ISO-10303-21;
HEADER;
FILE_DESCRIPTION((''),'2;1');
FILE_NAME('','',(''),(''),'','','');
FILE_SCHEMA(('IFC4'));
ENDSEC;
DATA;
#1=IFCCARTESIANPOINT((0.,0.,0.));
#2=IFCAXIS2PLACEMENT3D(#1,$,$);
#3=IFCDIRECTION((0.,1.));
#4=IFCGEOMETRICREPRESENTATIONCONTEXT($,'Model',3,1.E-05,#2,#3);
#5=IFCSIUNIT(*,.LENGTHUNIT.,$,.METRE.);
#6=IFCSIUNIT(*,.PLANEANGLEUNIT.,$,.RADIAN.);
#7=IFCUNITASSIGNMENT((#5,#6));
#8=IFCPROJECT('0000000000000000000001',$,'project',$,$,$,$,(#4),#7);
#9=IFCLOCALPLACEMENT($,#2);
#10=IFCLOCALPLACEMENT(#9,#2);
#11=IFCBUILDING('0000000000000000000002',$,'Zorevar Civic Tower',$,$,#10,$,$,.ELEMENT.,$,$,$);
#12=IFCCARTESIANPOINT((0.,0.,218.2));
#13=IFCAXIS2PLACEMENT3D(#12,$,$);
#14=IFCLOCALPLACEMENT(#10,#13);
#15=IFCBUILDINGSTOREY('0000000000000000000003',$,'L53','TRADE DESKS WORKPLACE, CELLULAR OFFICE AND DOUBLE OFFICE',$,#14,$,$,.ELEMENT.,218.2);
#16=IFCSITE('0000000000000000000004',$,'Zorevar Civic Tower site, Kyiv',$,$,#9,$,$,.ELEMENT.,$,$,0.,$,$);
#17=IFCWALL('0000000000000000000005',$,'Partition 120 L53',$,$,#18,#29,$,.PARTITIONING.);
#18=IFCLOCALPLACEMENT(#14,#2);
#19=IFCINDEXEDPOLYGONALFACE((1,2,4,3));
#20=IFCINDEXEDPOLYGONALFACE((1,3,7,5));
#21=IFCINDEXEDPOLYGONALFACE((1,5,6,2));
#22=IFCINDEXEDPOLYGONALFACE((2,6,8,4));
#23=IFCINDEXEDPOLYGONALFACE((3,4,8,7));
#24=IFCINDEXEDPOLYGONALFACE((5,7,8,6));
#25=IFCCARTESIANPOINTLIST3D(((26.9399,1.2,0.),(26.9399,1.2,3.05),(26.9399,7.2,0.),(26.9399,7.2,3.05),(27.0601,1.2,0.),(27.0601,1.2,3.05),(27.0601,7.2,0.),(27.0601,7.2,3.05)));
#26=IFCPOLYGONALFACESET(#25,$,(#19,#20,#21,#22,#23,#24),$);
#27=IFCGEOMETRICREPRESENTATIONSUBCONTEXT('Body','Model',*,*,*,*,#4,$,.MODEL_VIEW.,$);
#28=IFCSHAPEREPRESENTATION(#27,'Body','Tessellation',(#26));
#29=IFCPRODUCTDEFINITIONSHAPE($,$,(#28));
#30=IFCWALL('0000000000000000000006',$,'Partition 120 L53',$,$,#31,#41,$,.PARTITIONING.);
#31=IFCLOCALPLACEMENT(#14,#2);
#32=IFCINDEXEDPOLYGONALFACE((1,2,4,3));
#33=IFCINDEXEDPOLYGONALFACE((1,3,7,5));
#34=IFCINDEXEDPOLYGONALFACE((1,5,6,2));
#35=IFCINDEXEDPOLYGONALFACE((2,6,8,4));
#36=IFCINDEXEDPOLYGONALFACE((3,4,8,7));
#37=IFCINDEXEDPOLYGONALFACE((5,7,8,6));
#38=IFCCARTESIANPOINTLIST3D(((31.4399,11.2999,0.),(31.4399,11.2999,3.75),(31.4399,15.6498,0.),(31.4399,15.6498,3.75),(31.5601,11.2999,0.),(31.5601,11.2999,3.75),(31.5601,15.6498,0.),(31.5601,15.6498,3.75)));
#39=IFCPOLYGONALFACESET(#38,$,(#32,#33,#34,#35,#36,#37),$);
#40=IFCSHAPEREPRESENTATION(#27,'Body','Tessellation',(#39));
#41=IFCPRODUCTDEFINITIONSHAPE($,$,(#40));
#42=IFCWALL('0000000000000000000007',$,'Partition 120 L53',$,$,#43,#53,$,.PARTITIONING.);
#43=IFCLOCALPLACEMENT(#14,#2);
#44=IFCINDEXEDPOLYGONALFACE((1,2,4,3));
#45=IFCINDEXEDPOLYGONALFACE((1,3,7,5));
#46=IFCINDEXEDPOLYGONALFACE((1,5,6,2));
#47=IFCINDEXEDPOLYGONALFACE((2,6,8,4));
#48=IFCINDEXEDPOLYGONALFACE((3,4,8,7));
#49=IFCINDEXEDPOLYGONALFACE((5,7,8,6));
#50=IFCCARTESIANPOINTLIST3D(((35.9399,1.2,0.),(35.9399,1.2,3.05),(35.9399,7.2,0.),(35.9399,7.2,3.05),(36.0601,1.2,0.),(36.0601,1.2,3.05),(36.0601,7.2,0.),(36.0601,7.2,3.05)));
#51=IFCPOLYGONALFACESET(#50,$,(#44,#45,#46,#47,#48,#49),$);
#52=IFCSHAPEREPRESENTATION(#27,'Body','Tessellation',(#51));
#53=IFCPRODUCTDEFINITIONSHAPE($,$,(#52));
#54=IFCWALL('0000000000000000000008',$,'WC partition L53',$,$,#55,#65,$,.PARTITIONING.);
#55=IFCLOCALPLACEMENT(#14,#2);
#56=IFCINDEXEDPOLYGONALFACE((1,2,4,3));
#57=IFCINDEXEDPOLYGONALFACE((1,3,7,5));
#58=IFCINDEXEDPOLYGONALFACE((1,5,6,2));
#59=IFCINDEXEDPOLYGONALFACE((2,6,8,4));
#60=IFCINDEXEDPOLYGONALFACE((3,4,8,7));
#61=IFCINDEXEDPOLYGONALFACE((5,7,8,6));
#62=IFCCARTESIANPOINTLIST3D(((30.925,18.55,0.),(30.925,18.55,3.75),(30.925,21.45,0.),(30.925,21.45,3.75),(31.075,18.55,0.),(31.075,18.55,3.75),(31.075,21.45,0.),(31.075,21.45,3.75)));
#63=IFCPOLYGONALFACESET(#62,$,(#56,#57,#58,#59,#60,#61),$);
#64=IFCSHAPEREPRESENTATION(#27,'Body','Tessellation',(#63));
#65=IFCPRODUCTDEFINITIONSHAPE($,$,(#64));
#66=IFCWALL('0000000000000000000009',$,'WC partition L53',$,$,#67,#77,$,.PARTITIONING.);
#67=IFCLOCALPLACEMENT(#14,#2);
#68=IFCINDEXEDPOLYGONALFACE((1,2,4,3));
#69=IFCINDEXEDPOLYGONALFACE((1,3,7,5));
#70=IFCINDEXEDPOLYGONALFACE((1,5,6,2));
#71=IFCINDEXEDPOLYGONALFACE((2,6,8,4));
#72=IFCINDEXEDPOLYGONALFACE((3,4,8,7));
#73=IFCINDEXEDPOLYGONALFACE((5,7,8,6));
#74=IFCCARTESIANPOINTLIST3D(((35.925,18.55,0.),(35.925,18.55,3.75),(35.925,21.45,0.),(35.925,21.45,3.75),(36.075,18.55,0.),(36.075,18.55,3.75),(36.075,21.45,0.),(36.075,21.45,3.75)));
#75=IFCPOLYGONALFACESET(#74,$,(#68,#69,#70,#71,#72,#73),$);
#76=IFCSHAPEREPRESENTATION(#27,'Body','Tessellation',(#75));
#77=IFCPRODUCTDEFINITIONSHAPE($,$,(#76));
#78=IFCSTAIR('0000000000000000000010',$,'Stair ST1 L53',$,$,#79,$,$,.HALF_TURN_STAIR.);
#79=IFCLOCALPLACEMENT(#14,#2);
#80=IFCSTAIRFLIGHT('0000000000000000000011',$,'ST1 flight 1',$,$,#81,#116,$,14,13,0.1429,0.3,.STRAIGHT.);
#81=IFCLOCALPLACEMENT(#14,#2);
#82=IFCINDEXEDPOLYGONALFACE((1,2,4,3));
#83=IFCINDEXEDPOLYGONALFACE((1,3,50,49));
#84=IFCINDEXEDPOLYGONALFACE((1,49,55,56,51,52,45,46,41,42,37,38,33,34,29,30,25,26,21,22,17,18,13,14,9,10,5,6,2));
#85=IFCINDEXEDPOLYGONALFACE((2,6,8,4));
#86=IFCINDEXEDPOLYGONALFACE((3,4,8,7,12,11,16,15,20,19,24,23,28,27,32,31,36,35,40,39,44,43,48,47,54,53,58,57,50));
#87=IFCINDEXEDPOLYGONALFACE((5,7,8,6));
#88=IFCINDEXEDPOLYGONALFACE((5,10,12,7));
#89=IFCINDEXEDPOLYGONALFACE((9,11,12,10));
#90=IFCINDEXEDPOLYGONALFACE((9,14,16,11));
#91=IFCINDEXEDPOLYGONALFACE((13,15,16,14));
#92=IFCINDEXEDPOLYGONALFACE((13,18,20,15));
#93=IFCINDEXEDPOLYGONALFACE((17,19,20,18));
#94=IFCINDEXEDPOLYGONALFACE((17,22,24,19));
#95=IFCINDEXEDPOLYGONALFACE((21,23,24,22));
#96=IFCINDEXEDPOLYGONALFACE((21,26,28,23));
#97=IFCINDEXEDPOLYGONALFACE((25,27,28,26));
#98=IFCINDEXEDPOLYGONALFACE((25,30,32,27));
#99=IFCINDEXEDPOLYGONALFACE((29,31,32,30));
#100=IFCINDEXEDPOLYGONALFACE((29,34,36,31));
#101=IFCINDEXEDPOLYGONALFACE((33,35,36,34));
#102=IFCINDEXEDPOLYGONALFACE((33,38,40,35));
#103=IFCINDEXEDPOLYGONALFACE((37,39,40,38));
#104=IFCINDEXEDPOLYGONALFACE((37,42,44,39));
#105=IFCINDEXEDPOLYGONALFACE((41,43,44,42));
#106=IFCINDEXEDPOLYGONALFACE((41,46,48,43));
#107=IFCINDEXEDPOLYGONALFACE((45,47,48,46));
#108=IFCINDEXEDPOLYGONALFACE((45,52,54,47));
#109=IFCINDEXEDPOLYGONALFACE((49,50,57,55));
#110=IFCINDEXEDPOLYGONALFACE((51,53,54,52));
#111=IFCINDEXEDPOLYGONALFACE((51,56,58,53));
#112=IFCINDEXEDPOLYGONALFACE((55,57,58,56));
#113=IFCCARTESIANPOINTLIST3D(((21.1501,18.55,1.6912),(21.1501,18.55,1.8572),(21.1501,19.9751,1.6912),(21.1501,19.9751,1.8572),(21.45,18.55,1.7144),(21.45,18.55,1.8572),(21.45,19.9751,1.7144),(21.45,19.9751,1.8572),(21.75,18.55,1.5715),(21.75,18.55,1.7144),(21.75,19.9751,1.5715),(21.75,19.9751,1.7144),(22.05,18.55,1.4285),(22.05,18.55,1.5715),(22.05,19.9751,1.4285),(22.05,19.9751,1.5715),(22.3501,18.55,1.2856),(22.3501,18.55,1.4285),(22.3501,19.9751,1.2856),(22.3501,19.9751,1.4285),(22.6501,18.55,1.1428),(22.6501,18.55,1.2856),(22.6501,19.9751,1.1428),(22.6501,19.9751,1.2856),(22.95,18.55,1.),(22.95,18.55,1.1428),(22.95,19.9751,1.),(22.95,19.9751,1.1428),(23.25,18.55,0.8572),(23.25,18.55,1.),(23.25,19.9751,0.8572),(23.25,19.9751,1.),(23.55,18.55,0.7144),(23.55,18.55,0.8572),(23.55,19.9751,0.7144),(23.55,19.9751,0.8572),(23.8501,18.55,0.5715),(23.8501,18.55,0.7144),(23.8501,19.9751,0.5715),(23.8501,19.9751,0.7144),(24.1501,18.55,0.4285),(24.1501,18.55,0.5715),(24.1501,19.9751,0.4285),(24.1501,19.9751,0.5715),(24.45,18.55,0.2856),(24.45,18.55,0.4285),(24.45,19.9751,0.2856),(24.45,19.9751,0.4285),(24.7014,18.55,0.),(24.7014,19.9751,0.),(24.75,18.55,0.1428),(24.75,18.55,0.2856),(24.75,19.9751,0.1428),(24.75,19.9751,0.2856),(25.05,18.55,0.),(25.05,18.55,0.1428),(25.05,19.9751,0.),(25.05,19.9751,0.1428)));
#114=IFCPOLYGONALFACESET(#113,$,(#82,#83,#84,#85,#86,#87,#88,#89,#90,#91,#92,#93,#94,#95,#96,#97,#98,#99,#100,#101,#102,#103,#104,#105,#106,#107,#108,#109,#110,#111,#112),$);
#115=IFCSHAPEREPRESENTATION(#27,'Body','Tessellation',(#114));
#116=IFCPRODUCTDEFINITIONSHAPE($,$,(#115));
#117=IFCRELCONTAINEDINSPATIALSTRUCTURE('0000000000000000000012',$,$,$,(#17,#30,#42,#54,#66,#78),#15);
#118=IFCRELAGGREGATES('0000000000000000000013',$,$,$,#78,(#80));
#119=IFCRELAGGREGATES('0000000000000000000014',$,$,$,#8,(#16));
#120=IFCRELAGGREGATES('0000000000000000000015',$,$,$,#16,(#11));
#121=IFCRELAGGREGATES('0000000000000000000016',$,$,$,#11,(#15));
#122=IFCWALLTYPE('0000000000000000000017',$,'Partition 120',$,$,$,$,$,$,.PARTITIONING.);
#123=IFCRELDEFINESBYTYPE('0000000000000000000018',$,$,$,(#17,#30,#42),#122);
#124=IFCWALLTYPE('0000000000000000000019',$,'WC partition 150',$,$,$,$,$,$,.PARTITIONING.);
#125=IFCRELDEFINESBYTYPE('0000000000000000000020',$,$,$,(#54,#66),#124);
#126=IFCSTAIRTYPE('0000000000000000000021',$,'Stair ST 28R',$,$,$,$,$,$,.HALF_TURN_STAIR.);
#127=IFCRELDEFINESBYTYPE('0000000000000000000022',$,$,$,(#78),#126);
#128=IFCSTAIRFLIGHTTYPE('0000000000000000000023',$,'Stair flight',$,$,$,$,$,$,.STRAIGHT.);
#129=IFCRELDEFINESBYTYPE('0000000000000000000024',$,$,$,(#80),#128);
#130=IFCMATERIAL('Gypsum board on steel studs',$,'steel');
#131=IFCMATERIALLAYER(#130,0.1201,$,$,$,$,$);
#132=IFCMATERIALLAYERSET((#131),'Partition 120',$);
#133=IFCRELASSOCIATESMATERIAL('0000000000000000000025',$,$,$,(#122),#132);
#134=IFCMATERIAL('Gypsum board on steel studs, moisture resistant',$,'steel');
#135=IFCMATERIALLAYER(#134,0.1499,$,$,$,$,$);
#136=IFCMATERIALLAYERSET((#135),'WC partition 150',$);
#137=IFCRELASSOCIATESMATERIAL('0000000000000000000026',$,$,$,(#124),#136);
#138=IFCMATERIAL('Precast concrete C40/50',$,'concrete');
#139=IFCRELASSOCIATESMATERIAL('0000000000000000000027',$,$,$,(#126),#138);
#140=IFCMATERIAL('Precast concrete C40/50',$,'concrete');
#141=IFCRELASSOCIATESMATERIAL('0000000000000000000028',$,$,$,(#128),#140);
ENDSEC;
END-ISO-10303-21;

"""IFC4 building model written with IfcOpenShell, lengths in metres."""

from ifc_helpers import new_model, si_unit, direction, frame, frame_2d, origin, place, context, subcontext, project, spatial, polyline, rectangle, outline, extrude, material, layer, layer_set, type_object, element, aggregate, save


model = new_model("IFC4")

# Units and contexts
model_context = context("Model", 3, precision=1e-05, world=origin(), true_north=direction((0.0, 1.0)))
body_context = subcontext(model_context, "Body", "Model", "MODEL_VIEW")
ifc_project = project(units=[si_unit("LENGTHUNIT", "METRE"), si_unit("PLANEANGLEUNIT", "RADIAN")], contexts=[model_context])

# Site, building, storey
site_placement = place(None, origin())
site = spatial("IfcSite", under=ifc_project, at=site_placement, Name="Zorevar Civic Tower site, Kyiv", CompositionType="ELEMENT", RefElevation=0.0)
building_placement = place(site_placement, origin())
building = spatial("IfcBuilding", under=site, at=building_placement, Name="Zorevar Civic Tower", CompositionType="ELEMENT")
storey_placement = place(building_placement, frame((0.0, 0.0, 218.2)))
storey = spatial("IfcBuildingStorey", under=building, at=storey_placement, Name="L53", Description="TRADE DESKS WORKPLACE, CELLULAR OFFICE AND DOUBLE OFFICE", CompositionType="ELEMENT", Elevation=218.2)

# Shared definitions
ifc_material_1 = material(Name="Gypsum board on steel studs", Category="steel")
ifc_layer_1 = layer(ifc_material_1, 0.1201)
ifc_layer_set_1 = layer_set([ifc_layer_1], Name="Partition 120")
wall_type_1 = type_object("IfcWallType", Name="Partition 120", PredefinedType="PARTITIONING", material=ifc_layer_set_1)

# Walls
wall_1_placement = place(storey_placement, frame((27.0, 1.2, 0.0), z_axis=(0.0, 0.0, 1.0), x_axis=(0.0, 1.0, 0.0)))
element("IfcWall", 1, at=wall_1_placement, inside=storey, type_object=wall_type_1, Name="Partition 120 L53", PredefinedType="PARTITIONING", context=body_context, shape_type="SweptSolid", body=[
    extrude(rectangle(XDim=6.0, YDim=0.1201, at=frame_2d((3.0, 0.0))), origin(), (0.0, 0.0, 1.0), 3.05),
])
wall_2_placement = place(storey_placement, frame((31.5, 11.3, 0.0), z_axis=(0.0, 0.0, 1.0), x_axis=(0.0, 1.0, 0.0)))
element("IfcWall", 2, at=wall_2_placement, inside=storey, type_object=wall_type_1, Name="Partition 120 L53", PredefinedType="PARTITIONING", context=body_context, shape_type="SweptSolid", body=[
    extrude(rectangle(XDim=4.3499, YDim=0.1201, at=frame_2d((2.1748, 0.0))), origin(), (0.0, 0.0, 1.0), 3.75),
])
wall_3_placement = place(storey_placement, frame((36.0, 1.2, 0.0), z_axis=(0.0, 0.0, 1.0), x_axis=(0.0, 1.0, 0.0)))
element("IfcWall", 3, at=wall_3_placement, inside=storey, type_object=wall_type_1, Name="Partition 120 L53", PredefinedType="PARTITIONING", context=body_context, shape_type="SweptSolid", body=[
    extrude(rectangle(XDim=6.0, YDim=0.1201, at=frame_2d((3.0, 0.0))), origin(), (0.0, 0.0, 1.0), 3.05),
])
ifc_material_2 = material(Name="Gypsum board on steel studs, moisture resistant", Category="steel")
ifc_layer_2 = layer(ifc_material_2, 0.1499)
ifc_layer_set_2 = layer_set([ifc_layer_2], Name="WC partition 150")
wall_type_2 = type_object("IfcWallType", Name="WC partition 150", PredefinedType="PARTITIONING", material=ifc_layer_set_2)
for number, where, z_axis, x_axis, name in (
    (4, (31.0, 18.55, 0.0), (0.0, 0.0, 1.0), (0.0, 1.0, 0.0), "WC partition L53"),
    (5, (36.0, 18.55, 0.0), (0.0, 0.0, 1.0), (0.0, 1.0, 0.0), "WC partition L53"),
):
    element("IfcWall", number, at=place(storey_placement, frame(where, z_axis=z_axis, x_axis=x_axis)), inside=storey, type_object=wall_type_2, Name=name, PredefinedType="PARTITIONING", context=body_context, shape_type="SweptSolid", body=[
        extrude(rectangle(XDim=2.8999, YDim=0.1499, at=frame_2d((1.45, 0.0))), origin(), (0.0, 0.0, 1.0), 3.75),
    ])

# Stair, stair flight
ifc_material_3 = material(Name="Precast concrete C40/50", Category="concrete")
stair_type = type_object("IfcStairType", Name="Stair ST 28R", PredefinedType="HALF_TURN_STAIR", material=ifc_material_3)
stair_placement = place(storey_placement, origin())
stair = element("IfcStair", 6, at=stair_placement, inside=storey, type_object=stair_type, Name="Stair ST1 L53", PredefinedType="HALF_TURN_STAIR")
ifc_material_4 = material(Name="Precast concrete C40/50", Category="concrete")
stair_flight_type = type_object("IfcStairFlightType", Name="Stair flight", PredefinedType="STRAIGHT", material=ifc_material_4)
stair_flight_placement = place(storey_placement, frame((25.05, 19.2625, 0.0), z_axis=(0.0, 0.0, 1.0), x_axis=(-1.0, 0.0, 0.0)))
stair_flight = element("IfcStairFlight", 7, at=stair_flight_placement, type_object=stair_flight_type, Name="ST1 flight 1", NumberOfRisers=14, NumberOfTreads=13, PredefinedType="STRAIGHT", RiserHeight=0.1429, TreadLength=0.3, context=body_context, shape_type="SweptSolid", body=[
    extrude(outline(polyline([(0.0, 0.0), (0.0, 0.1428), (0.3, 0.1428), (0.3, 0.2856), (0.6001, 0.2856), (0.6001, 0.4285), (0.8999, 0.4285), (0.8999, 0.5715), (1.2, 0.5715), (1.2, 0.7144), (1.5, 0.7144), (1.5, 0.8572), (1.8, 0.8572), (1.8, 1.0), (2.1001, 1.0), (2.1001, 1.1428), (2.3999, 1.1428), (2.3999, 1.2856), (2.7, 1.2856), (2.7, 1.4285), (3.0, 1.4285), (3.0, 1.5715), (3.3, 1.5715), (3.3, 1.7144), (3.6001, 1.7144), (3.6001, 1.8572), (3.8999, 1.8572), (3.8999, 2.0), (3.8999, 1.6912), (0.3486, 0.0), (0.0, 0.0)])), frame((0.0, 0.7124, 0.0), z_axis=(0.0, -1.0, 0.0), x_axis=(1.0, 0.0, 0.0)), (0.0, 0.0, 1.0), 1.425),
])
aggregate(stair, [stair_flight])

save(model, "model.ifc")
